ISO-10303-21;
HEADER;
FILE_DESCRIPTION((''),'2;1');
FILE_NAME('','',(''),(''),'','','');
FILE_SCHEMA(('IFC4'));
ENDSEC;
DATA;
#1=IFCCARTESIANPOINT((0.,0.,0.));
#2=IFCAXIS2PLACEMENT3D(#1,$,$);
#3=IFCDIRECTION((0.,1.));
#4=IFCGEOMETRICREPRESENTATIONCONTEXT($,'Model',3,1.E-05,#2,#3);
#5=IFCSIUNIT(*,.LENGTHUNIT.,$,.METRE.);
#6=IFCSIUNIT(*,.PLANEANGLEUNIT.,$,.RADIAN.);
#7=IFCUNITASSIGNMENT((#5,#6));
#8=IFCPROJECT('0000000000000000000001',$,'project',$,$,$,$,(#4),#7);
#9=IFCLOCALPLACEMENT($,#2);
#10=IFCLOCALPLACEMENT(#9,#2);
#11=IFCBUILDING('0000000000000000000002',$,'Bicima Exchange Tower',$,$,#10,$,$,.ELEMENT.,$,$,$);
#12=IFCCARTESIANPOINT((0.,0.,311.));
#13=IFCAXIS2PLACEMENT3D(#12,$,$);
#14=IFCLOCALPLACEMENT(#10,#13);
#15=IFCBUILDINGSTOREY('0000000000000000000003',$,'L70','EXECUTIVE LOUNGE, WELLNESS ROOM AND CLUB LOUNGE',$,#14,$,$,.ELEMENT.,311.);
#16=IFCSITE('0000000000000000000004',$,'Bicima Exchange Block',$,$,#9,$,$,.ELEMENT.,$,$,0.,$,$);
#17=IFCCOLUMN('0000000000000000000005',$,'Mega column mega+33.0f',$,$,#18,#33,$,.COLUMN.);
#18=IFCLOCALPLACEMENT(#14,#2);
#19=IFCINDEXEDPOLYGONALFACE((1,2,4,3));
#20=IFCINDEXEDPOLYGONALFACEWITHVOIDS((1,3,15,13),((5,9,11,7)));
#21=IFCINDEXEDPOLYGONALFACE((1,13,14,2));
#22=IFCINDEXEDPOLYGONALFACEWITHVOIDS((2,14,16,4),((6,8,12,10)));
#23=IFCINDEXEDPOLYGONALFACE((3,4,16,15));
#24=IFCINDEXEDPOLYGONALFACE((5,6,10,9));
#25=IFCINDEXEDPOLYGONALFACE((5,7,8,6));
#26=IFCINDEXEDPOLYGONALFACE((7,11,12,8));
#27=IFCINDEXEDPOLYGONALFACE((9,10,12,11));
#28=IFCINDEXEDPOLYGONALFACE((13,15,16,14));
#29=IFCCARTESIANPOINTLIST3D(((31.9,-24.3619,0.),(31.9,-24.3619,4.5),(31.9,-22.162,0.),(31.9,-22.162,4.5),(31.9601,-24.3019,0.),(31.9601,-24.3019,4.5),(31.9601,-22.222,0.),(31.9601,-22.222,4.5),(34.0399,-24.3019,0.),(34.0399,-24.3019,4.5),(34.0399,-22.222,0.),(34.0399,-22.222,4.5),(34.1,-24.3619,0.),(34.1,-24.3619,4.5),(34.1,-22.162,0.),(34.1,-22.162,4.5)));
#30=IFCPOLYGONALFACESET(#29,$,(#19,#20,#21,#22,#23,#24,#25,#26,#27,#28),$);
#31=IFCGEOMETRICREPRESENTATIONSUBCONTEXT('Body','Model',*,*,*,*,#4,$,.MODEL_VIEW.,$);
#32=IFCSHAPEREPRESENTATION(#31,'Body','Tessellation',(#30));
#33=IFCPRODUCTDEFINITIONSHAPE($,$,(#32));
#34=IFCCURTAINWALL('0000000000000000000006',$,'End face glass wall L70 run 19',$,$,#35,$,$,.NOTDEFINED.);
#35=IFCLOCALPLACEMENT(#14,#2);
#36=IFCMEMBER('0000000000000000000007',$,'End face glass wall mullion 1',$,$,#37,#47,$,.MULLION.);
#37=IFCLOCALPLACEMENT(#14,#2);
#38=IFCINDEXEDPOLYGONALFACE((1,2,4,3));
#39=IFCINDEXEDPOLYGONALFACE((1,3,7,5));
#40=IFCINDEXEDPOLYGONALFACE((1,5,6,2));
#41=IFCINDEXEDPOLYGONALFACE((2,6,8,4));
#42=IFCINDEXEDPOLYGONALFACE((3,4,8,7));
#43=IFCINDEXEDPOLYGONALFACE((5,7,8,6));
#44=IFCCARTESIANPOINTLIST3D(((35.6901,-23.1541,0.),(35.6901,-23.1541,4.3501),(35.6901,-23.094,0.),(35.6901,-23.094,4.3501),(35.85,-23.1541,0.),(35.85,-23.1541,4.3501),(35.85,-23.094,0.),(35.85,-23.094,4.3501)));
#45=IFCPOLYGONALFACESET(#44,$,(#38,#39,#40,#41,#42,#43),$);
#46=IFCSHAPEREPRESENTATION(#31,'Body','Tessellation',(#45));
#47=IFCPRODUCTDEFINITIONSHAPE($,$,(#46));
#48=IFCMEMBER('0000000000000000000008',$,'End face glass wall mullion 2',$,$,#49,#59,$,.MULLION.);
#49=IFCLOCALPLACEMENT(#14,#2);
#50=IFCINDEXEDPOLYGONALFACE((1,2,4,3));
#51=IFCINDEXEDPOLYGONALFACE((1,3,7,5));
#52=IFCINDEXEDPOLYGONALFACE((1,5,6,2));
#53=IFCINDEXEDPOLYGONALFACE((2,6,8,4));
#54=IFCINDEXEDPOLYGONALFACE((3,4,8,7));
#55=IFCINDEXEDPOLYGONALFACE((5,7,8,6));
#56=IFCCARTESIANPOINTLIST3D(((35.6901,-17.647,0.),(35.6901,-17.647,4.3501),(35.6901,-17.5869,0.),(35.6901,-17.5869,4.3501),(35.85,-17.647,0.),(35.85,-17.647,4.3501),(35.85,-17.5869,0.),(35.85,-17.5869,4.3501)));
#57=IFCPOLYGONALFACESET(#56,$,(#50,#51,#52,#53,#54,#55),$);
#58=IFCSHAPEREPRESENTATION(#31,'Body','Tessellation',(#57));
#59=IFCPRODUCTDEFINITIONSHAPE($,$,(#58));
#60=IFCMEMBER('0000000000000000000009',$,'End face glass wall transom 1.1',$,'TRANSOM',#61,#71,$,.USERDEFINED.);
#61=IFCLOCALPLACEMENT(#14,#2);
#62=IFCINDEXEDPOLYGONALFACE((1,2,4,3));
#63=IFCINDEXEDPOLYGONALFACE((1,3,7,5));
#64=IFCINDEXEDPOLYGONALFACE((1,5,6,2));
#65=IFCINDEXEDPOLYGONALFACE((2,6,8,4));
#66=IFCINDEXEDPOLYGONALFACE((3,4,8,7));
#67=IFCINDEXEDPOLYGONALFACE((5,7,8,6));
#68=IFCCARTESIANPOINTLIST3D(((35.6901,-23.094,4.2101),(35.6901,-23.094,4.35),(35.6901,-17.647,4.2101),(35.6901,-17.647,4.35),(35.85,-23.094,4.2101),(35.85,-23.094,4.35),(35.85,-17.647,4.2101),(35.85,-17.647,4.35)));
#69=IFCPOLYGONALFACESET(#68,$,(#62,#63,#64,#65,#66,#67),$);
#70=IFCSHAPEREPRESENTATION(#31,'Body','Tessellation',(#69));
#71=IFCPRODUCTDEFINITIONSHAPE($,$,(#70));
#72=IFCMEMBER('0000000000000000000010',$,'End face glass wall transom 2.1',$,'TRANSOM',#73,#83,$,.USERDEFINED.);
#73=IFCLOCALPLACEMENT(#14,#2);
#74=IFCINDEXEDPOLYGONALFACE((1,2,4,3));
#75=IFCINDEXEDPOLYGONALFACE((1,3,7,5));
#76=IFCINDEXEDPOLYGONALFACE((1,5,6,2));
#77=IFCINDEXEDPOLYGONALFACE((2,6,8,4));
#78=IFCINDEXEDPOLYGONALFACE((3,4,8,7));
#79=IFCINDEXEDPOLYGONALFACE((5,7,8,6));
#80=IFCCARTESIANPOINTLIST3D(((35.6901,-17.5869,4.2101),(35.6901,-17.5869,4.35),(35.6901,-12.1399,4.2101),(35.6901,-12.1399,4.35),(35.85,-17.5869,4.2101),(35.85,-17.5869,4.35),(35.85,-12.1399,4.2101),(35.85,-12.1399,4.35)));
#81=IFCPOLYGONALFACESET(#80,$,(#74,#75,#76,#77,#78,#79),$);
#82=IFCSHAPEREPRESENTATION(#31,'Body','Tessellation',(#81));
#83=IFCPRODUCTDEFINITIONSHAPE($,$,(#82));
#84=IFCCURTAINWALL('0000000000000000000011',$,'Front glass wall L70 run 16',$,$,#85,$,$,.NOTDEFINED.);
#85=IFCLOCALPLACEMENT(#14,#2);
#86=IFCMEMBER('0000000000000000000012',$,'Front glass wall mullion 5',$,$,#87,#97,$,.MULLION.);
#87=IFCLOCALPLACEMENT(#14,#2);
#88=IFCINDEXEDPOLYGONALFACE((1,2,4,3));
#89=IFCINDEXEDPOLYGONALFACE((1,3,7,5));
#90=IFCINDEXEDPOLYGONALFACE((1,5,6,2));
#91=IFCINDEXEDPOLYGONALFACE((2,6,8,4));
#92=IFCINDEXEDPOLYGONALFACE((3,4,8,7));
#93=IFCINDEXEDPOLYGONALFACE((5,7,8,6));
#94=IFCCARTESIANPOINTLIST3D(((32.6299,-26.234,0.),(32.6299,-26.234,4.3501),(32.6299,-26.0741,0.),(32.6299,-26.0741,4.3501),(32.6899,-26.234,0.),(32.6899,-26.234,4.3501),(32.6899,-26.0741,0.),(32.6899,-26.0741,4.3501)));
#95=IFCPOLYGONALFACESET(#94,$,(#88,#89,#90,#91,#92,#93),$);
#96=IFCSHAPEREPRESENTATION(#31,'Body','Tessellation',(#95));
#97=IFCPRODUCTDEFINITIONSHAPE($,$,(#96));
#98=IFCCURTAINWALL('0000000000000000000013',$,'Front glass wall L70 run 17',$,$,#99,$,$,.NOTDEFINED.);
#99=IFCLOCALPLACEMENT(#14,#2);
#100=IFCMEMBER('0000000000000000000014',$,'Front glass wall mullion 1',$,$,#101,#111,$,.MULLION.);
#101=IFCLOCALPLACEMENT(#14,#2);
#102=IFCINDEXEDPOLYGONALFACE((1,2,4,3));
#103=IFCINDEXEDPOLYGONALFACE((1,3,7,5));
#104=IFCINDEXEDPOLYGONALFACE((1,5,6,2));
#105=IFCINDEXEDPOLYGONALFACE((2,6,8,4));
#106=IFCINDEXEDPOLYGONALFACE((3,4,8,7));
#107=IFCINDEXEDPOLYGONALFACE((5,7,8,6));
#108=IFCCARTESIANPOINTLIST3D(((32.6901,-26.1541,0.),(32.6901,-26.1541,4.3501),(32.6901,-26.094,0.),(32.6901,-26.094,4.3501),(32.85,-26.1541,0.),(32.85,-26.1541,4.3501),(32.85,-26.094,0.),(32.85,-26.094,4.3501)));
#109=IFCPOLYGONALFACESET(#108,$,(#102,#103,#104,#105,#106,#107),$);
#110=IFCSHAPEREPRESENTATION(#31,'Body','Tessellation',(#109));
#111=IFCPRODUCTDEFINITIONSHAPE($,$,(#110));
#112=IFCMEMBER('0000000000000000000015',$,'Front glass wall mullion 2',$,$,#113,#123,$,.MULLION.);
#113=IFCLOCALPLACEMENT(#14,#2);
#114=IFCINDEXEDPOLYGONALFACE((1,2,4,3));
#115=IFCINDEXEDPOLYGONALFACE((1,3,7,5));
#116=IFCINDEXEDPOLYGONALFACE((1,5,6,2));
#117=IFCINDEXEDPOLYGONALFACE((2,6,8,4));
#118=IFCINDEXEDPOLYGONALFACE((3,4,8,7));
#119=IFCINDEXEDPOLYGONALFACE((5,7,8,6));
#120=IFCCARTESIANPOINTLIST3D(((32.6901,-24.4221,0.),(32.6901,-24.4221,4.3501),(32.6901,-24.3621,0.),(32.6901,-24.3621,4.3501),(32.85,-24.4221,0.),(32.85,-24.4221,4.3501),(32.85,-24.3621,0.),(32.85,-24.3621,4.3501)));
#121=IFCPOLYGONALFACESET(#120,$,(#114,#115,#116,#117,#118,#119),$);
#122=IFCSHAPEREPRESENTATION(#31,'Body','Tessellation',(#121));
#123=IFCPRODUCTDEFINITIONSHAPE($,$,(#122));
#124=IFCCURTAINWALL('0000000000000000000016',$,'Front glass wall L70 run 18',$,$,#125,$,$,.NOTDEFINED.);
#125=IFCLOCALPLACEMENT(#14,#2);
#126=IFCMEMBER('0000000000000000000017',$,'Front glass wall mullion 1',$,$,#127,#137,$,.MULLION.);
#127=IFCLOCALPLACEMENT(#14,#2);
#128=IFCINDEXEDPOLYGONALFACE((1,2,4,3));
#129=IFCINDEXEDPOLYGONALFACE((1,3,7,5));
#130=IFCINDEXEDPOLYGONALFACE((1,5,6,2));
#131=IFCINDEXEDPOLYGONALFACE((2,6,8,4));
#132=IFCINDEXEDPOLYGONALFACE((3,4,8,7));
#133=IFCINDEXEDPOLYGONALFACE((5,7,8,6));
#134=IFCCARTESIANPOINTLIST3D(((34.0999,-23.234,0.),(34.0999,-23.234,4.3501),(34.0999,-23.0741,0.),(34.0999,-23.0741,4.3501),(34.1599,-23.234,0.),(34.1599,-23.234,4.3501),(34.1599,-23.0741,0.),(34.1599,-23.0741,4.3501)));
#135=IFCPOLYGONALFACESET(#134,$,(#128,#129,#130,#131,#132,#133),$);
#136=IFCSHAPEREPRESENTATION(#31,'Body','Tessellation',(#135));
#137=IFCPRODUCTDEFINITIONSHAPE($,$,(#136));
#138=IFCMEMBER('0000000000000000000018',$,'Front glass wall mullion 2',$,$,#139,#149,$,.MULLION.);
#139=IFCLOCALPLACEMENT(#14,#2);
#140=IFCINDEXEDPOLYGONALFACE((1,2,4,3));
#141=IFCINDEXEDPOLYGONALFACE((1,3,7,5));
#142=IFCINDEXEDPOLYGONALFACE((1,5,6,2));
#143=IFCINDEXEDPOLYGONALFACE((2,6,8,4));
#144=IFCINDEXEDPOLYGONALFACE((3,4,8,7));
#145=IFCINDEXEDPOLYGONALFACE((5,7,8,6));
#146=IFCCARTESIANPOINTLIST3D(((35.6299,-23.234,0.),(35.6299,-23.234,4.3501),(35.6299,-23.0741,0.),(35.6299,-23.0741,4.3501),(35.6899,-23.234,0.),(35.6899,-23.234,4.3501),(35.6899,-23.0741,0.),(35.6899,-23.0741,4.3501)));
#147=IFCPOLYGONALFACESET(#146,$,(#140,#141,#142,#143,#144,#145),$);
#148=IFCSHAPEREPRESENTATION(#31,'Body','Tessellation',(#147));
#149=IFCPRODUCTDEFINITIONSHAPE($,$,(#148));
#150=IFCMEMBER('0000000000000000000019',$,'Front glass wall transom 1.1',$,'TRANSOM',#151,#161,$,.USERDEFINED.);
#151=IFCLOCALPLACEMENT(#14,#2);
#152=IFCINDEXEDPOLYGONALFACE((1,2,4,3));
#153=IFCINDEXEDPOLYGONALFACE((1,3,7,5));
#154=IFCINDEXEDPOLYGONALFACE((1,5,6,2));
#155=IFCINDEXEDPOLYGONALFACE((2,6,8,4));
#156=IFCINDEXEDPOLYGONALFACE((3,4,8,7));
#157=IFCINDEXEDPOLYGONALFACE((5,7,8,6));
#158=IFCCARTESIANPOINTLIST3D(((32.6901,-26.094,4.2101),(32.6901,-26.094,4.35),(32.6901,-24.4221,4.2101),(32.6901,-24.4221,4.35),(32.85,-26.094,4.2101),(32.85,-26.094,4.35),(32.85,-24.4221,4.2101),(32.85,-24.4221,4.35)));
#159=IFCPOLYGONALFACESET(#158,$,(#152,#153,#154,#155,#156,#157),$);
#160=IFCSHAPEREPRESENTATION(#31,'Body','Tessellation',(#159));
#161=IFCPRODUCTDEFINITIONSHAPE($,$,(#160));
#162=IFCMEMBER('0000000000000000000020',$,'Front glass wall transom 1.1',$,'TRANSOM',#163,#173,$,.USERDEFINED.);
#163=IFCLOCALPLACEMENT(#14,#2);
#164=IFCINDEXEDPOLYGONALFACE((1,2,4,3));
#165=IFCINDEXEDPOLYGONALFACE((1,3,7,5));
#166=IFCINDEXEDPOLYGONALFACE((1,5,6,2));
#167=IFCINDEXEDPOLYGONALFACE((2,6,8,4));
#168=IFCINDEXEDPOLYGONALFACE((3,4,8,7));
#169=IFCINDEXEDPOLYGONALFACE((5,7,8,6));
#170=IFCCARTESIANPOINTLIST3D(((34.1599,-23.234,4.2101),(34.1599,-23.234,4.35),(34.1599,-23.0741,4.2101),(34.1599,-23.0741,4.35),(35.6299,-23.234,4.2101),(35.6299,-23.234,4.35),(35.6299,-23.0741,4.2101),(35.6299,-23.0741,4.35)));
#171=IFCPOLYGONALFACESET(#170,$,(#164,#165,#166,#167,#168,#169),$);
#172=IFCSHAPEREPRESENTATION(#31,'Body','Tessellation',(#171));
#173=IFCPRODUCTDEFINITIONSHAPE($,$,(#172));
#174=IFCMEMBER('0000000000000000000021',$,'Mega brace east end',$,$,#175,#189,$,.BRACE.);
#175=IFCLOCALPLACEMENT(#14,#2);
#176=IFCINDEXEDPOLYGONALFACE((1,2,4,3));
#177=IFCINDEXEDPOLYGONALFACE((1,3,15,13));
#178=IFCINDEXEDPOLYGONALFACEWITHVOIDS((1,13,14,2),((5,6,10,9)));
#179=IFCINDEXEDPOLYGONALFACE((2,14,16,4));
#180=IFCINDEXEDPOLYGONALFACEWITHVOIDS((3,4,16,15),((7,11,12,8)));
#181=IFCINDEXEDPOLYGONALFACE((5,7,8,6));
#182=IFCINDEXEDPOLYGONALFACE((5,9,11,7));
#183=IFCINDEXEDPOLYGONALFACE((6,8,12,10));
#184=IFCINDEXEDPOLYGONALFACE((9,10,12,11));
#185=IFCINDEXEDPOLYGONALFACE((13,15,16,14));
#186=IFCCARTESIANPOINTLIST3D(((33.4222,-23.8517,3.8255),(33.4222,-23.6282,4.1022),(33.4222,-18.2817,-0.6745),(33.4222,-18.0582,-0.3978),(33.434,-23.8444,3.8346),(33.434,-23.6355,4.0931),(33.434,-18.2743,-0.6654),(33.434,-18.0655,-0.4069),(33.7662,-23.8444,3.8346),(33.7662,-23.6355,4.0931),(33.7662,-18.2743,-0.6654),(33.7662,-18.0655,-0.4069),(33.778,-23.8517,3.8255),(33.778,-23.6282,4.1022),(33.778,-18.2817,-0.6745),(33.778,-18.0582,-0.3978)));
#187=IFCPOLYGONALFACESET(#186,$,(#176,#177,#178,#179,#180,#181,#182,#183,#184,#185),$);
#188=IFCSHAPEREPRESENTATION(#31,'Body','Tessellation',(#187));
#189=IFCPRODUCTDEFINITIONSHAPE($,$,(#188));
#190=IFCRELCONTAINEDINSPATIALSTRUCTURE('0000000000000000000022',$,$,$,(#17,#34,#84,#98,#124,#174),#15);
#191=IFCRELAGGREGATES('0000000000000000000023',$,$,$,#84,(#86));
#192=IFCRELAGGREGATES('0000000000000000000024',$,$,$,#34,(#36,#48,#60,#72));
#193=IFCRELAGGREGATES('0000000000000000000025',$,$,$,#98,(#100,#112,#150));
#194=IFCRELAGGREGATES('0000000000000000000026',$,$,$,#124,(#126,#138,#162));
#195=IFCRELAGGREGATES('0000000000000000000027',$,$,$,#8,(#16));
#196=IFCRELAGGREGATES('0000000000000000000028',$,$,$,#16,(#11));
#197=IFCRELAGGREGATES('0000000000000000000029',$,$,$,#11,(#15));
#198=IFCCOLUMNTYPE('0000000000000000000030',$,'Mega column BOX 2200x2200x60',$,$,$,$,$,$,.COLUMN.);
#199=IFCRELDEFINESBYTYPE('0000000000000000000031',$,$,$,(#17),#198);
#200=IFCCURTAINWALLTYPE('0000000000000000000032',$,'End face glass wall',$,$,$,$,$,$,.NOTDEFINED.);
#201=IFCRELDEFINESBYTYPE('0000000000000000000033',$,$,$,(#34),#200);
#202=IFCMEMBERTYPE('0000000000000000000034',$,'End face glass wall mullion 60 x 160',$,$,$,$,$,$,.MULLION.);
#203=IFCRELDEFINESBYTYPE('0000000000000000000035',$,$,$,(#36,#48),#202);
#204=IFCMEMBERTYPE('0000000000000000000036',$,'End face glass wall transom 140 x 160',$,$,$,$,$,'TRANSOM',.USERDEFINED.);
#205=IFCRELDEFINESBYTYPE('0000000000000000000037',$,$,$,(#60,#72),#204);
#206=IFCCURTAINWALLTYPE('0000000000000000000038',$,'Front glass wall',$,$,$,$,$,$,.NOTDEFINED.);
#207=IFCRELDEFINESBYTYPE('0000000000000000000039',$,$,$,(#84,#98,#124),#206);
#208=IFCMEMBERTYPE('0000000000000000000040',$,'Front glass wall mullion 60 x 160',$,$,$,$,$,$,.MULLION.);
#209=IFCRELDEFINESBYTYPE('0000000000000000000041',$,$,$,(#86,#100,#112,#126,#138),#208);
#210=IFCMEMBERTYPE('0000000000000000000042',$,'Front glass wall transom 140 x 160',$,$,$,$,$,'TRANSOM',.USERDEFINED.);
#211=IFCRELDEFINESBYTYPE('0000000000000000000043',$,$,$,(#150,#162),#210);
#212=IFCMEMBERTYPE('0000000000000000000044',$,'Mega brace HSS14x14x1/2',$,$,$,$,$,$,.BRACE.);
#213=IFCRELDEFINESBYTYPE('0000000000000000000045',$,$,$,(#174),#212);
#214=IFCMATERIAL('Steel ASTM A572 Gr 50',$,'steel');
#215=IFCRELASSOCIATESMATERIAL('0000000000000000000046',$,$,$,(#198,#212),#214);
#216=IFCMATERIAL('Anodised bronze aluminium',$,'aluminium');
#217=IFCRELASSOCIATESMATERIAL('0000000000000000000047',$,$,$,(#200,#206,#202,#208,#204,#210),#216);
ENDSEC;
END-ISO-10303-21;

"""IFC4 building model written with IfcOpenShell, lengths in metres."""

from ifc_helpers import new_model, si_unit, direction, frame, origin, origin_2d, place, context, subcontext, project, spatial, rectangle, hollow_rectangle, extrude, material, material_profile, profile_set, type_object, element, aggregate, save


model = new_model("IFC4")

# Units and contexts
model_context = context("Model", 3, precision=1e-05, world=origin(), true_north=direction((0.0, 1.0)))
body_context = subcontext(model_context, "Body", "Model", "MODEL_VIEW")
ifc_project = project(units=[si_unit("LENGTHUNIT", "METRE"), si_unit("PLANEANGLEUNIT", "RADIAN")], contexts=[model_context])

# Site, building, storey
site_placement = place(None, origin())
site = spatial("IfcSite", under=ifc_project, at=site_placement, Name="Bicima Exchange Block", CompositionType="ELEMENT", RefElevation=0.0)
building_placement = place(site_placement, origin())
building = spatial("IfcBuilding", under=site, at=building_placement, Name="Bicima Exchange Tower", CompositionType="ELEMENT")
storey_placement = place(building_placement, frame((0.0, 0.0, 311.0)))
storey = spatial("IfcBuildingStorey", under=building, at=storey_placement, Name="L70", Description="EXECUTIVE LOUNGE, WELLNESS ROOM AND CLUB LOUNGE", CompositionType="ELEMENT", Elevation=311.0)

# Column
ifc_material_1 = material(Name="Steel ASTM A572 Gr 50", Category="steel")
ifc_material_profile_1 = material_profile(ifc_material_1, hollow_rectangle(XDim=2.2, YDim=2.2, WallThickness=0.0601, at=origin_2d()))
ifc_profile_set_1 = profile_set([ifc_material_profile_1], Name="Steel ASTM A572 Gr 50")
column_type = type_object("IfcColumnType", Name="Mega column BOX 2200x2200x60", PredefinedType="COLUMN", material=ifc_profile_set_1)
column_placement = place(storey_placement, frame((33.0, -23.262, 0.0), z_axis=(0.0, 0.0, 1.0), x_axis=(1.0, 0.0, 0.0)))
element("IfcColumn", 1, at=column_placement, inside=storey, type_object=column_type, Name="Mega column mega+33.0f", PredefinedType="COLUMN", context=body_context, shape_type="SweptSolid", body=[
    extrude(hollow_rectangle(XDim=2.2, YDim=2.2, WallThickness=0.0601, at=origin_2d()), origin(), (0.0, 0.0, 1.0), 4.5),
])

# Curtain wall, members
ifc_material_2 = material(Name="Anodised bronze aluminium", Category="aluminium")
curtain_wall_type_1 = type_object("IfcCurtainWallType", Name="End face glass wall", PredefinedType="NOTDEFINED", material=ifc_material_2)
curtain_wall_1_placement = place(storey_placement, origin())
curtain_wall_1 = element("IfcCurtainWall", 2, at=curtain_wall_1_placement, inside=storey, type_object=curtain_wall_type_1, Name="End face glass wall L70 run 19", PredefinedType="NOTDEFINED")
ifc_material_profile_2 = material_profile(ifc_material_2, rectangle(XDim=0.1599, YDim=0.0601, at=origin_2d()))
ifc_profile_set_2 = profile_set([ifc_material_profile_2], Name="Anodised bronze aluminium")
member_type_1 = type_object("IfcMemberType", Name="End face glass wall mullion 60 x 160", PredefinedType="MULLION", material=ifc_profile_set_2)
member_1_placement = place(storey_placement, frame((35.77, -23.124, 0.0), z_axis=(0.0, 0.0, 1.0), x_axis=(-1.0, 0.0, 0.0)))
member_1 = element("IfcMember", 3, at=member_1_placement, type_object=member_type_1, Name="End face glass wall mullion 1", PredefinedType="MULLION", context=body_context, shape_type="SweptSolid", body=[
    extrude(rectangle(XDim=0.1599, YDim=0.0601, at=origin_2d()), origin(), (0.0, 0.0, 1.0), 4.3501),
])
member_2_placement = place(storey_placement, frame((35.77, -17.6169, 0.0), z_axis=(0.0, 0.0, 1.0), x_axis=(-1.0, 0.0, 0.0)))
member_2 = element("IfcMember", 4, at=member_2_placement, type_object=member_type_1, Name="End face glass wall mullion 2", PredefinedType="MULLION", context=body_context, shape_type="SweptSolid", body=[
    extrude(rectangle(XDim=0.1599, YDim=0.0601, at=origin_2d()), origin(), (0.0, 0.0, 1.0), 4.3501),
])
ifc_material_profile_3 = material_profile(ifc_material_2, rectangle(XDim=0.1599, YDim=0.1399, at=origin_2d()))
ifc_profile_set_3 = profile_set([ifc_material_profile_3], Name="Anodised bronze aluminium")
member_type_2 = type_object("IfcMemberType", Name="End face glass wall transom 140 x 160", ElementType="TRANSOM", PredefinedType="USERDEFINED", material=ifc_profile_set_3)
member_3_placement = place(storey_placement, frame((35.77, -23.094, 4.28), z_axis=(0.0, 1.0, 0.0), x_axis=(-1.0, 0.0, 0.0)))
member_3 = element("IfcMember", 5, at=member_3_placement, type_object=member_type_2, Name="End face glass wall transom 1.1", ObjectType="TRANSOM", PredefinedType="USERDEFINED", context=body_context, shape_type="SweptSolid", body=[
    extrude(rectangle(XDim=0.1599, YDim=0.1399, at=origin_2d()), origin(), (0.0, 0.0, 1.0), 5.447),
])
member_4_placement = place(storey_placement, frame((35.77, -17.5869, 4.28), z_axis=(0.0, 1.0, 0.0), x_axis=(-1.0, 0.0, 0.0)))
member_4 = element("IfcMember", 6, at=member_4_placement, type_object=member_type_2, Name="End face glass wall transom 2.1", ObjectType="TRANSOM", PredefinedType="USERDEFINED", context=body_context, shape_type="SweptSolid", body=[
    extrude(rectangle(XDim=0.1599, YDim=0.1399, at=origin_2d()), origin(), (0.0, 0.0, 1.0), 5.447),
])

# Curtain wall, member
curtain_wall_type_2 = type_object("IfcCurtainWallType", Name="Front glass wall", PredefinedType="NOTDEFINED", material=ifc_material_2)
curtain_wall_2_placement = place(storey_placement, origin())
curtain_wall_2 = element("IfcCurtainWall", 7, at=curtain_wall_2_placement, inside=storey, type_object=curtain_wall_type_2, Name="Front glass wall L70 run 16", PredefinedType="NOTDEFINED")
member_type_3 = type_object("IfcMemberType", Name="Front glass wall mullion 60 x 160", PredefinedType="MULLION", material=ifc_profile_set_2)
member_5_placement = place(storey_placement, frame((32.6599, -26.1541, 0.0), z_axis=(0.0, 0.0, 1.0), x_axis=(0.0, 1.0, 0.0)))
member_5 = element("IfcMember", 8, at=member_5_placement, type_object=member_type_3, Name="Front glass wall mullion 5", PredefinedType="MULLION", context=body_context, shape_type="SweptSolid", body=[
    extrude(rectangle(XDim=0.1599, YDim=0.0601, at=origin_2d()), origin(), (0.0, 0.0, 1.0), 4.3501),
])
aggregate(curtain_wall_2, [member_5])

# Curtain walls, members
curtain_wall_3_placement = place(storey_placement, origin())
curtain_wall_3 = element("IfcCurtainWall", 9, at=curtain_wall_3_placement, inside=storey, type_object=curtain_wall_type_2, Name="Front glass wall L70 run 17", PredefinedType="NOTDEFINED")
member_6_placement = place(storey_placement, frame((32.77, -26.124, 0.0), z_axis=(0.0, 0.0, 1.0), x_axis=(-1.0, 0.0, 0.0)))
member_6 = element("IfcMember", 10, at=member_6_placement, type_object=member_type_3, Name="Front glass wall mullion 1", PredefinedType="MULLION", context=body_context, shape_type="SweptSolid", body=[
    extrude(rectangle(XDim=0.1599, YDim=0.0601, at=origin_2d()), origin(), (0.0, 0.0, 1.0), 4.3501),
])
member_7_placement = place(storey_placement, frame((32.77, -24.3921, 0.0), z_axis=(0.0, 0.0, 1.0), x_axis=(-1.0, 0.0, 0.0)))
member_7 = element("IfcMember", 11, at=member_7_placement, type_object=member_type_3, Name="Front glass wall mullion 2", PredefinedType="MULLION", context=body_context, shape_type="SweptSolid", body=[
    extrude(rectangle(XDim=0.1599, YDim=0.0601, at=origin_2d()), origin(), (0.0, 0.0, 1.0), 4.3501),
])
curtain_wall_4_placement = place(storey_placement, origin())
curtain_wall_4 = element("IfcCurtainWall", 12, at=curtain_wall_4_placement, inside=storey, type_object=curtain_wall_type_2, Name="Front glass wall L70 run 18", PredefinedType="NOTDEFINED")
member_8_placement = place(storey_placement, frame((34.1299, -23.1541, 0.0), z_axis=(0.0, 0.0, 1.0), x_axis=(0.0, 1.0, 0.0)))
member_8 = element("IfcMember", 13, at=member_8_placement, type_object=member_type_3, Name="Front glass wall mullion 1", PredefinedType="MULLION", context=body_context, shape_type="SweptSolid", body=[
    extrude(rectangle(XDim=0.1599, YDim=0.0601, at=origin_2d()), origin(), (0.0, 0.0, 1.0), 4.3501),
])
member_9_placement = place(storey_placement, frame((35.6599, -23.1541, 0.0), z_axis=(0.0, 0.0, 1.0), x_axis=(0.0, 1.0, 0.0)))
member_9 = element("IfcMember", 14, at=member_9_placement, type_object=member_type_3, Name="Front glass wall mullion 2", PredefinedType="MULLION", context=body_context, shape_type="SweptSolid", body=[
    extrude(rectangle(XDim=0.1599, YDim=0.0601, at=origin_2d()), origin(), (0.0, 0.0, 1.0), 4.3501),
])

# Members
member_type_4 = type_object("IfcMemberType", Name="Front glass wall transom 140 x 160", ElementType="TRANSOM", PredefinedType="USERDEFINED", material=ifc_profile_set_3)
member_10_placement = place(storey_placement, frame((32.77, -26.094, 4.28), z_axis=(0.0, 1.0, 0.0), x_axis=(-1.0, 0.0, 0.0)))
member_10 = element("IfcMember", 15, at=member_10_placement, type_object=member_type_4, Name="Front glass wall transom 1.1", ObjectType="TRANSOM", PredefinedType="USERDEFINED", context=body_context, shape_type="SweptSolid", body=[
    extrude(rectangle(XDim=0.1599, YDim=0.1399, at=origin_2d()), origin(), (0.0, 0.0, 1.0), 1.6719),
])
member_11_placement = place(storey_placement, frame((34.1599, -23.1541, 4.28), z_axis=(1.0, 0.0, 0.0), x_axis=(0.0, 1.0, 0.0)))
member_11 = element("IfcMember", 16, at=member_11_placement, type_object=member_type_4, Name="Front glass wall transom 1.1", ObjectType="TRANSOM", PredefinedType="USERDEFINED", context=body_context, shape_type="SweptSolid", body=[
    extrude(rectangle(XDim=0.1599, YDim=0.1399, at=origin_2d()), origin(), (0.0, 0.0, 1.0), 1.47),
])

# Member
ifc_material_profile_4 = material_profile(ifc_material_1, hollow_rectangle(XDim=0.3557, YDim=0.3557, WallThickness=0.0117, at=origin_2d()))
ifc_profile_set_4 = profile_set([ifc_material_profile_4], Name="Steel ASTM A572 Gr 50")
member_type_5 = type_object("IfcMemberType", Name="Mega brace HSS14x14x1/2", PredefinedType="BRACE", material=ifc_profile_set_4)
member_12_placement = place(storey_placement, frame((33.6001, -18.1699, -0.5361), z_axis=(0.0, -0.777866, 0.62843), x_axis=(1.0, 0.0, 0.0)))
element("IfcMember", 17, at=member_12_placement, inside=storey, type_object=member_type_5, Name="Mega brace east end", PredefinedType="BRACE", context=body_context, shape_type="SweptSolid", body=[
    extrude(hollow_rectangle(XDim=0.3557, YDim=0.3557, WallThickness=0.0117, at=origin_2d()), origin(), (0.0, 0.0, 1.0), 7.1606),
])

aggregate(curtain_wall_1, [member_1, member_2, member_3, member_4])
aggregate(curtain_wall_3, [member_6, member_7, member_10])
aggregate(curtain_wall_4, [member_8, member_9, member_11])

save(model, "model.ifc")
